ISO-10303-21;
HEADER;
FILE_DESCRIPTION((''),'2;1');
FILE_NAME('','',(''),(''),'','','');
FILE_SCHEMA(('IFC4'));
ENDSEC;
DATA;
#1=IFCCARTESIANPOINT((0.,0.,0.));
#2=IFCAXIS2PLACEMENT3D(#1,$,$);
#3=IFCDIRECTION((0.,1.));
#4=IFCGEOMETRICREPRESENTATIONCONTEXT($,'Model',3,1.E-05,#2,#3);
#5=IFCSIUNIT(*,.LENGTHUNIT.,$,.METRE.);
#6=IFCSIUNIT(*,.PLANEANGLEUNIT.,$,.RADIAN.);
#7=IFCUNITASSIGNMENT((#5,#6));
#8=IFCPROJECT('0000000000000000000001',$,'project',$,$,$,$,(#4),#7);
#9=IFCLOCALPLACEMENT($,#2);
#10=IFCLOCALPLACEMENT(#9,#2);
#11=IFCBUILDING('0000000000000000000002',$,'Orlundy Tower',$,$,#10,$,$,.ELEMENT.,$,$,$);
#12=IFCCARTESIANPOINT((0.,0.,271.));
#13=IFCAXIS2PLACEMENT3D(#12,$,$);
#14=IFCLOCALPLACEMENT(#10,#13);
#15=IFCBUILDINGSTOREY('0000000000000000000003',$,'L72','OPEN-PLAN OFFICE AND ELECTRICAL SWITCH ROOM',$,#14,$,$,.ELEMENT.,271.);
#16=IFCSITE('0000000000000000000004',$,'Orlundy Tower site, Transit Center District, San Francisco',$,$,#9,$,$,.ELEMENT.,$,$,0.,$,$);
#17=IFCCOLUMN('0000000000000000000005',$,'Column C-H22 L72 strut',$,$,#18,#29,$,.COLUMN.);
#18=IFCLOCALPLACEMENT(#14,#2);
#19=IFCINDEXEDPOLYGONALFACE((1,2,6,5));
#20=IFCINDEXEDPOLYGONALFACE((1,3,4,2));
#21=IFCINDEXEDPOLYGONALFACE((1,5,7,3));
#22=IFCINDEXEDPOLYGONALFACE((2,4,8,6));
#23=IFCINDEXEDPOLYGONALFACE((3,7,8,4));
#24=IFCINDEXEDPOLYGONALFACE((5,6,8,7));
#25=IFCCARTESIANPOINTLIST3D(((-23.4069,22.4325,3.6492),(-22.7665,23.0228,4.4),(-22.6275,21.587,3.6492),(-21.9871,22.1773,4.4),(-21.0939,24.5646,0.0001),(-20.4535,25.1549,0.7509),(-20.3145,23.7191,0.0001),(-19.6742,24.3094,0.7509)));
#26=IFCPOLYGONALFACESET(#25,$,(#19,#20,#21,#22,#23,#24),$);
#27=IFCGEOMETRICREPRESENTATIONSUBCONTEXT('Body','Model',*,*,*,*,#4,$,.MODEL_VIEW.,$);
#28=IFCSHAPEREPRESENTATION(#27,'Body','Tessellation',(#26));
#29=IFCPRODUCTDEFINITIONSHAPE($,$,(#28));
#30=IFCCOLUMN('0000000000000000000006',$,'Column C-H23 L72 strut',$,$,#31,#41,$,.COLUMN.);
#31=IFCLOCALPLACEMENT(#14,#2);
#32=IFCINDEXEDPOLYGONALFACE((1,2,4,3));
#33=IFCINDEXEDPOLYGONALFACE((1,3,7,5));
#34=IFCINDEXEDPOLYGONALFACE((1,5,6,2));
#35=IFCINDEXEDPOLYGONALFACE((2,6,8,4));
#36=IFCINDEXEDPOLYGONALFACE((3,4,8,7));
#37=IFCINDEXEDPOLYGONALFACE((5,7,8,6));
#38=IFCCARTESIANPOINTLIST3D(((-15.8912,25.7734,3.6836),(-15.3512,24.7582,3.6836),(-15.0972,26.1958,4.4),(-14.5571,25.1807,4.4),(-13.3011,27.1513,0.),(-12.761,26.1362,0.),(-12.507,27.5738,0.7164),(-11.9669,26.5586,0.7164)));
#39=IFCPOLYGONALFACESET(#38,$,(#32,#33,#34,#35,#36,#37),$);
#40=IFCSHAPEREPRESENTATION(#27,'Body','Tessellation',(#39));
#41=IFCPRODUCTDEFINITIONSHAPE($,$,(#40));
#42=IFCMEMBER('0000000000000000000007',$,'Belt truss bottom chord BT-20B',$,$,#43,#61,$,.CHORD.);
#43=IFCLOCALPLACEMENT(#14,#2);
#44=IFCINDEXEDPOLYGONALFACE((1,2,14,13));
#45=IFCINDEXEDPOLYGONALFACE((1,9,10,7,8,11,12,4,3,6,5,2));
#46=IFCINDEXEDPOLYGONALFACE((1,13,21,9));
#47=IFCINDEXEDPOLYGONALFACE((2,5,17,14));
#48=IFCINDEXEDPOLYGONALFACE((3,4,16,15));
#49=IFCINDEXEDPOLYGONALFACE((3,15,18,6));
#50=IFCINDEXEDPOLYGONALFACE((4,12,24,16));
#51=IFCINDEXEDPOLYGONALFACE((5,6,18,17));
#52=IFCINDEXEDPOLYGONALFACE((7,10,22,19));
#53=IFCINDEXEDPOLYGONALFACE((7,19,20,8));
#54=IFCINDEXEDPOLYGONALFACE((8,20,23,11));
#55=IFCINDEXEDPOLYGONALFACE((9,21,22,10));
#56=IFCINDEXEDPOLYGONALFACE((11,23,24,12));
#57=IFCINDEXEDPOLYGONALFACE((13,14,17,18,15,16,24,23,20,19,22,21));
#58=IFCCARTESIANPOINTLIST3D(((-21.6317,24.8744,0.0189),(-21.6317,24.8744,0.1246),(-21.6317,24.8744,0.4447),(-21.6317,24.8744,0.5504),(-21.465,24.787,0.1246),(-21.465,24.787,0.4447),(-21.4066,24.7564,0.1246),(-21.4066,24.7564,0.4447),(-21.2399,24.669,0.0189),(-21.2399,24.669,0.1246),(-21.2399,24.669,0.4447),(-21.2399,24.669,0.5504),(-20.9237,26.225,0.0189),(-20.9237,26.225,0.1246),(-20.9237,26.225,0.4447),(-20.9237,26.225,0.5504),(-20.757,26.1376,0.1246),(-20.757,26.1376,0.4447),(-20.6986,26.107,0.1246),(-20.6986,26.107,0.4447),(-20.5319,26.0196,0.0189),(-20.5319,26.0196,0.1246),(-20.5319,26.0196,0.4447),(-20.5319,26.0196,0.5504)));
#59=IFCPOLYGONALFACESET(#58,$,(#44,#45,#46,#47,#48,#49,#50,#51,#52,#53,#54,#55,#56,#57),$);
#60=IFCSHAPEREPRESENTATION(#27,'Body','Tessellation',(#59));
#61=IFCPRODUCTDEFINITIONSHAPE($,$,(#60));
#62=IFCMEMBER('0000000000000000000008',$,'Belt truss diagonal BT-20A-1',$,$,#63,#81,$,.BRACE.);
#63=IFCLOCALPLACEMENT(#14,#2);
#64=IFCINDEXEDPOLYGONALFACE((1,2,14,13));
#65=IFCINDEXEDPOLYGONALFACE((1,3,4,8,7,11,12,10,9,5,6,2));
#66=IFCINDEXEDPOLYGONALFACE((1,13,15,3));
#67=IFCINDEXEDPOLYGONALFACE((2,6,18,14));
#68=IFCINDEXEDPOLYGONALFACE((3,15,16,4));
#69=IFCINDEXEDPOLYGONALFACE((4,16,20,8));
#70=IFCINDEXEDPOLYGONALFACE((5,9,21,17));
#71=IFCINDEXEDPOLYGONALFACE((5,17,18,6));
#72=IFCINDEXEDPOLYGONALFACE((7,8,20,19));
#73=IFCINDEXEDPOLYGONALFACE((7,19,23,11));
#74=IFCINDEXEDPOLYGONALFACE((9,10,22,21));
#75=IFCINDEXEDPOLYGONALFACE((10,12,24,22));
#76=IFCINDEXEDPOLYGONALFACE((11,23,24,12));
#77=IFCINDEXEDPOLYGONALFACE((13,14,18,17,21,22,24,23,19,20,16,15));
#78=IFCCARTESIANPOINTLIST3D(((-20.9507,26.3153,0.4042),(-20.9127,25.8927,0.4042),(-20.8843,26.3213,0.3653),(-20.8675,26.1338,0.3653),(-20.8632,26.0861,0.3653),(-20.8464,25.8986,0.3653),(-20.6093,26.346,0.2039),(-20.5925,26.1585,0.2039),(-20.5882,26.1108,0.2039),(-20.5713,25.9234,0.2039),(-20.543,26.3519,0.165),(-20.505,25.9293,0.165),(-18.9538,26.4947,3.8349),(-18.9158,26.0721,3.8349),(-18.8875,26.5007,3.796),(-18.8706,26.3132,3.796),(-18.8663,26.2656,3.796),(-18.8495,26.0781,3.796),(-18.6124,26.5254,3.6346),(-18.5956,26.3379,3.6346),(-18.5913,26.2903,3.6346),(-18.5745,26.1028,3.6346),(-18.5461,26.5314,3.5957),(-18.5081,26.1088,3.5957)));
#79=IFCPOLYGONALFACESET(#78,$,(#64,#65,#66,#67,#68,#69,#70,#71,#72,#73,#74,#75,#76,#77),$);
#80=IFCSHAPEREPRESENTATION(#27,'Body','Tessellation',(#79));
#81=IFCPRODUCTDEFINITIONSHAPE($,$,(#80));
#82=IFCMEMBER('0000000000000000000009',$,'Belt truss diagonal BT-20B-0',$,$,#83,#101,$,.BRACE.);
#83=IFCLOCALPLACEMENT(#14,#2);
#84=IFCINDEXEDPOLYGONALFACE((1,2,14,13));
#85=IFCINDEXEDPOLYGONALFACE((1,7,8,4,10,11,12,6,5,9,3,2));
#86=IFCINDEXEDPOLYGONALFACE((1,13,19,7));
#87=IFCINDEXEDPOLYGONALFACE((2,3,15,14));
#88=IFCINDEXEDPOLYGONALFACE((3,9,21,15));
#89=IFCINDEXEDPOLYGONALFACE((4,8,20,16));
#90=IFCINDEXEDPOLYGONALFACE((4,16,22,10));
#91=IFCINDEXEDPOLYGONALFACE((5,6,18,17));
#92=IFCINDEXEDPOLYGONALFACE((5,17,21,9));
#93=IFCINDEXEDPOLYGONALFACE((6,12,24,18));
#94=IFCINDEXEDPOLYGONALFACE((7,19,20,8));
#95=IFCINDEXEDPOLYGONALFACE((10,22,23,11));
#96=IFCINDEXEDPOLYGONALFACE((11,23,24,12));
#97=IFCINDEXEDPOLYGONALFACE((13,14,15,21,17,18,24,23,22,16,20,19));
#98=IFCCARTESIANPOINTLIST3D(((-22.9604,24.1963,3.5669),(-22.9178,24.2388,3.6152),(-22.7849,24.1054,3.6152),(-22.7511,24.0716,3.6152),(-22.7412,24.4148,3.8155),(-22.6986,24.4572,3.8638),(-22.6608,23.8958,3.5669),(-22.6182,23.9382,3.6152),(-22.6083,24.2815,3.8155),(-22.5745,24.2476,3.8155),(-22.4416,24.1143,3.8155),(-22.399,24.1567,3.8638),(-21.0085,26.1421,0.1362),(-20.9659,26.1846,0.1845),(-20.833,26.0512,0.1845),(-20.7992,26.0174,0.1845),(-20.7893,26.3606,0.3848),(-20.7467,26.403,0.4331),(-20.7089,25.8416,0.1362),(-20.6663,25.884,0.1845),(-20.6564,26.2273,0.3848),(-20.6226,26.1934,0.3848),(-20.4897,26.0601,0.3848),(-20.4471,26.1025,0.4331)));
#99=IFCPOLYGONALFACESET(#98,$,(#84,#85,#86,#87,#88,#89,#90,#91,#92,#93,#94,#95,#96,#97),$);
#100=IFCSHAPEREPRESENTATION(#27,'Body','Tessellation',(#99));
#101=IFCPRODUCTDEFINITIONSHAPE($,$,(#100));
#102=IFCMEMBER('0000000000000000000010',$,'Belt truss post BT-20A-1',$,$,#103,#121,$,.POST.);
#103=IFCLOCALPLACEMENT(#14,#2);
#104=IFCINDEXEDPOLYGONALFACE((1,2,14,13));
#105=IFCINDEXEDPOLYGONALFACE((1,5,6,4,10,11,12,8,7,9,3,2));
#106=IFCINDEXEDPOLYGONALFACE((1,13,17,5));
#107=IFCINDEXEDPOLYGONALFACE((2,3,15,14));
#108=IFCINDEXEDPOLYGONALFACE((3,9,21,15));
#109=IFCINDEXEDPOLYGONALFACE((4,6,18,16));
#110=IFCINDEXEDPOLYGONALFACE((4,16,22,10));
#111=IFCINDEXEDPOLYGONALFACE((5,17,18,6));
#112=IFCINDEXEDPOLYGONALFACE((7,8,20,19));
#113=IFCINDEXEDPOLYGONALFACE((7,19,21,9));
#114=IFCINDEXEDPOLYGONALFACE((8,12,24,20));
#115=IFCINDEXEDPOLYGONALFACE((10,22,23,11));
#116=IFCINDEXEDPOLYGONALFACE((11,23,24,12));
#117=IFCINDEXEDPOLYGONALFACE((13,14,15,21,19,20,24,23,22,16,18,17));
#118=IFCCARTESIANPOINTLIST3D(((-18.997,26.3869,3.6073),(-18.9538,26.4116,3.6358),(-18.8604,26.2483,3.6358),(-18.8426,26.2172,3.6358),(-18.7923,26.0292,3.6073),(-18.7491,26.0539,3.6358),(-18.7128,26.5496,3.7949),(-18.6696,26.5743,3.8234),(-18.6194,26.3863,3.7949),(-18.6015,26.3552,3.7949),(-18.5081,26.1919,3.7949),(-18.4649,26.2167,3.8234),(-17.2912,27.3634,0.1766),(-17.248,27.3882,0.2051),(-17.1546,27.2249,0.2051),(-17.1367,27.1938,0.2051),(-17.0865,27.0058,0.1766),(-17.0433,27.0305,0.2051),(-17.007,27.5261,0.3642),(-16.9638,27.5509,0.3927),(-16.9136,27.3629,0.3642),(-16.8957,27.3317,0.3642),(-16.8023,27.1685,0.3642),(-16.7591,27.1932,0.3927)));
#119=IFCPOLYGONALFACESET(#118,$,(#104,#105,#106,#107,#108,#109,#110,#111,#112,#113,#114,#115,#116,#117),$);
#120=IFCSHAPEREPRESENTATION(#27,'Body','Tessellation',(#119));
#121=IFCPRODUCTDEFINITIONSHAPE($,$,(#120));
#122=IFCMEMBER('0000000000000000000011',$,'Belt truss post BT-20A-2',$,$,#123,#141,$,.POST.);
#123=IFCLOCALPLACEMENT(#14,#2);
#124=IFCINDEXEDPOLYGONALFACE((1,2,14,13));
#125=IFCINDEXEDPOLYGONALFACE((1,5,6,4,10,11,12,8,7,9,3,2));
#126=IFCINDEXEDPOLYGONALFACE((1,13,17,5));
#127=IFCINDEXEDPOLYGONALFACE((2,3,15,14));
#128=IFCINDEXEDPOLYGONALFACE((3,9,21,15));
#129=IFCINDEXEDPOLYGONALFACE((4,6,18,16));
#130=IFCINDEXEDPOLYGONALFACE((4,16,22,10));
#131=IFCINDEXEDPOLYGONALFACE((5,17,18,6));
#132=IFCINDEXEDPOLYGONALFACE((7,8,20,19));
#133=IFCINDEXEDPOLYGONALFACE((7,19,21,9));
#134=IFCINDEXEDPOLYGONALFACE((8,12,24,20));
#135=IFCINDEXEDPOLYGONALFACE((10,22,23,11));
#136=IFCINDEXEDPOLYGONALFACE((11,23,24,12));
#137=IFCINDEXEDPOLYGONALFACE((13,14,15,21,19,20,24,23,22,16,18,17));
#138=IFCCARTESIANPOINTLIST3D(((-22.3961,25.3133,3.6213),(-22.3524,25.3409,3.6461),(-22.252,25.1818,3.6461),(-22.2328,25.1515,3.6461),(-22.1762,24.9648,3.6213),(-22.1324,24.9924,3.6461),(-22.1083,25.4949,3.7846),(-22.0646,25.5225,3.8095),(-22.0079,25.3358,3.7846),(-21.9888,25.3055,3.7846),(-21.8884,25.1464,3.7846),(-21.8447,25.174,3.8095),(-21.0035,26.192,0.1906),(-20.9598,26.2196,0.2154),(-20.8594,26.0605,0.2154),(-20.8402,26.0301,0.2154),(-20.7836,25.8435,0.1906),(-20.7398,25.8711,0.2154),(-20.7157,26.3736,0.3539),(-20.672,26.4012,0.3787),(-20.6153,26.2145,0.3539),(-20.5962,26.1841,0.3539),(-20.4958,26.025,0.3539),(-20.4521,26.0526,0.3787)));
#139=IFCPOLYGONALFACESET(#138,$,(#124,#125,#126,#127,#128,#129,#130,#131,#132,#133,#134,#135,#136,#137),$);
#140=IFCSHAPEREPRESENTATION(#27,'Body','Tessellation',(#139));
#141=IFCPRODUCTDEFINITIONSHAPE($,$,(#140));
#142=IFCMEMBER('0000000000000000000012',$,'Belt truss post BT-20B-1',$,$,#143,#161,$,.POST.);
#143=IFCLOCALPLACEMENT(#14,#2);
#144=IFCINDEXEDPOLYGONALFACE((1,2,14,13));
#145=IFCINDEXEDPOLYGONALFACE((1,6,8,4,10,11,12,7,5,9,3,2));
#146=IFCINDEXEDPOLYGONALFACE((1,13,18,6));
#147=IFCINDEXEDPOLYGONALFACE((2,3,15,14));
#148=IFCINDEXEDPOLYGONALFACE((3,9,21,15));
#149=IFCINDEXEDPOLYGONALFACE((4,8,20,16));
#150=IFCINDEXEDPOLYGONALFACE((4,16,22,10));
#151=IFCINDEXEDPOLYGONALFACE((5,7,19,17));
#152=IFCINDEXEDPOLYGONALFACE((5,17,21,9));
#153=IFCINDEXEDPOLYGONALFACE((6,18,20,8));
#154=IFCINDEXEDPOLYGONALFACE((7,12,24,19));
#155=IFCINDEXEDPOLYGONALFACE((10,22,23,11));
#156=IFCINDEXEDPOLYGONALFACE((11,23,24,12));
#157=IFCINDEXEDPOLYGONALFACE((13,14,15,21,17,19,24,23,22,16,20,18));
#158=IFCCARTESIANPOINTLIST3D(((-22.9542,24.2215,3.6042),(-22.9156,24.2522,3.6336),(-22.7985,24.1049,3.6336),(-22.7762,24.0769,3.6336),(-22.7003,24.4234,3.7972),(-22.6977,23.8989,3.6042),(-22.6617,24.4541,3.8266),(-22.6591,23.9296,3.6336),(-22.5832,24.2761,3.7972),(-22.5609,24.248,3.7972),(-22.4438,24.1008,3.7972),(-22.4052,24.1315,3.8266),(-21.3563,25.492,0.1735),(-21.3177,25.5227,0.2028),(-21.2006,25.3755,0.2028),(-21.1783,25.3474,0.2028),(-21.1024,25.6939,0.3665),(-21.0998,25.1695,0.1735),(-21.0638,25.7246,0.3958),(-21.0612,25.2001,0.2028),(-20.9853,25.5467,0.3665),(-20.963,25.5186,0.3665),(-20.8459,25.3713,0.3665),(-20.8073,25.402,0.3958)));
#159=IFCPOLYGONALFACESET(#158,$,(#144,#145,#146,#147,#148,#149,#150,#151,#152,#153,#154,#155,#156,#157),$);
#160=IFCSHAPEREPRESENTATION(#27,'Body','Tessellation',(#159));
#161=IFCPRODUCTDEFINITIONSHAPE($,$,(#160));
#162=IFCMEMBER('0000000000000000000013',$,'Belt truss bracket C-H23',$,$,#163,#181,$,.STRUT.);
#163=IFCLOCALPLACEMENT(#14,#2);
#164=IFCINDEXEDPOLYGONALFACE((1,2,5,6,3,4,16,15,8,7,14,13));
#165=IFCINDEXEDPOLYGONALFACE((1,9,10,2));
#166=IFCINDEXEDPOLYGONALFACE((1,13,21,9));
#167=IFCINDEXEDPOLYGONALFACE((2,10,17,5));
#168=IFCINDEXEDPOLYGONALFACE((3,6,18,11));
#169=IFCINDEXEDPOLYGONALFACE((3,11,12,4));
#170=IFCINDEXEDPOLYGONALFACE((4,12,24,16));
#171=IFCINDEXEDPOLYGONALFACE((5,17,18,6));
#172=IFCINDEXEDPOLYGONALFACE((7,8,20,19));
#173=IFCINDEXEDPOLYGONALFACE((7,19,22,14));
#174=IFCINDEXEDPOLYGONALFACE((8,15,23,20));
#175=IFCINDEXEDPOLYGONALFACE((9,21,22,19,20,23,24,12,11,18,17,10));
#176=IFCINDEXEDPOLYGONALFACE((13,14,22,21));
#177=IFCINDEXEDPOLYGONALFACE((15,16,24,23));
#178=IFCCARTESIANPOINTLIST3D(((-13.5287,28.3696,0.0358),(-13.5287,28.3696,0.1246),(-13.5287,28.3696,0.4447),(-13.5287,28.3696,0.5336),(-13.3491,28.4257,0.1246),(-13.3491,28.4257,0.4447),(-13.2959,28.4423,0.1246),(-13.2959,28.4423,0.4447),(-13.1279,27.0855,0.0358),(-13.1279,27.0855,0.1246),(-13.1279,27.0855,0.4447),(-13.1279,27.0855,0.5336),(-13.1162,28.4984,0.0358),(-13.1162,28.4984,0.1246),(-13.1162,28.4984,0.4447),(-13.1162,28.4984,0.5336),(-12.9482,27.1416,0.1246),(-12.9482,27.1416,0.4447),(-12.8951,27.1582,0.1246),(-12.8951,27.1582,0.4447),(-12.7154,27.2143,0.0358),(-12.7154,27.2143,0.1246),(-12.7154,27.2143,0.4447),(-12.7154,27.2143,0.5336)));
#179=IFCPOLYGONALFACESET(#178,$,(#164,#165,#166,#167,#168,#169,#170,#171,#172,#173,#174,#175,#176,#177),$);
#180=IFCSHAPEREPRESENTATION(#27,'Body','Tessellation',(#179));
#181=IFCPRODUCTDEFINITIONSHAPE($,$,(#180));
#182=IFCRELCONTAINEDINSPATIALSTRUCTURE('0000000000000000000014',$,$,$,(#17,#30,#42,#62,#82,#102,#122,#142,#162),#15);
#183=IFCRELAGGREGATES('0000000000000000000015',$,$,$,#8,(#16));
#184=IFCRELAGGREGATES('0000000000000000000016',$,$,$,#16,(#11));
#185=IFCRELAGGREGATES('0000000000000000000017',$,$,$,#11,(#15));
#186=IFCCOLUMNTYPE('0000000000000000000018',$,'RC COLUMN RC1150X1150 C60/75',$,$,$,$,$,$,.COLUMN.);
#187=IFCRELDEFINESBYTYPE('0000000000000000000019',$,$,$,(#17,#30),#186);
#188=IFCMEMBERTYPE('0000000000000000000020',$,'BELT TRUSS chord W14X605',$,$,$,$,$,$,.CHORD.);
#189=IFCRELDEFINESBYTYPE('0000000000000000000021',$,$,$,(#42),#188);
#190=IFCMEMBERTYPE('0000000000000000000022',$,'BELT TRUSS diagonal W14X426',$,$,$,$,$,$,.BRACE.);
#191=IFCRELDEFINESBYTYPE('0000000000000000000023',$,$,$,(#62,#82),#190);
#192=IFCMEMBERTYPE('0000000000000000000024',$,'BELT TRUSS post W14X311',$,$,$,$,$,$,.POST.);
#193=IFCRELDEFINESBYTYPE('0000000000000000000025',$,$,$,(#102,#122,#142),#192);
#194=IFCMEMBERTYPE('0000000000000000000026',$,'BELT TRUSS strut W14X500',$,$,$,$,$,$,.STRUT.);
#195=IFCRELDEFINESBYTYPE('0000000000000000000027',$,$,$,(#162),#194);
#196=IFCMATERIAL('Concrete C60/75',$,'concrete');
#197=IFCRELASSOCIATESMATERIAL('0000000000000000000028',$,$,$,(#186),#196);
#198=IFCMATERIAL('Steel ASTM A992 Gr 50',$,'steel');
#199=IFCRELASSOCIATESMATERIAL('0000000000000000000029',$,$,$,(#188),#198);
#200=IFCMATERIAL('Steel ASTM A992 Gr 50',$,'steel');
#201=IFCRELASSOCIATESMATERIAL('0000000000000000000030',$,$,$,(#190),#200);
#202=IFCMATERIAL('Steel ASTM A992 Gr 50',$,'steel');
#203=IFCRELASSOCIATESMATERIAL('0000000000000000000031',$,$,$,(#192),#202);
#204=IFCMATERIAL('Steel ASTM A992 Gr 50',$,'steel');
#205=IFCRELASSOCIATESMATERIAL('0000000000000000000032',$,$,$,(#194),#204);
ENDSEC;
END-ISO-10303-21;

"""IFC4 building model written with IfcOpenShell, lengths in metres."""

from ifc_helpers import new_model, si_unit, direction, frame, origin, origin_2d, place, context, subcontext, project, spatial, rectangle, i_section, extrude, material, material_profile, profile_set, type_object, element, save


model = new_model("IFC4")

# Units and contexts
model_context = context("Model", 3, precision=1e-05, world=origin(), true_north=direction((0.0, 1.0)))
body_context = subcontext(model_context, "Body", "Model", "MODEL_VIEW")
ifc_project = project(units=[si_unit("LENGTHUNIT", "METRE"), si_unit("PLANEANGLEUNIT", "RADIAN")], contexts=[model_context])

# Site, building, storey
site_placement = place(None, origin())
site = spatial("IfcSite", under=ifc_project, at=site_placement, Name="Orlundy Tower site, Transit Center District, San Francisco", CompositionType="ELEMENT", RefElevation=0.0)
building_placement = place(site_placement, origin())
building = spatial("IfcBuilding", under=site, at=building_placement, Name="Orlundy Tower", CompositionType="ELEMENT")
storey_placement = place(building_placement, frame((0.0, 0.0, 271.0)))
storey = spatial("IfcBuildingStorey", under=building, at=storey_placement, Name="L72", Description="OPEN-PLAN OFFICE AND ELECTRICAL SWITCH ROOM", CompositionType="ELEMENT", Elevation=271.0)

# Columns
ifc_material_1 = material(Name="Concrete C60/75", Category="concrete")
ifc_material_profile_1 = material_profile(ifc_material_1, rectangle(XDim=1.1499, YDim=1.1499, at=origin_2d()), Name="RC1150X1150")
ifc_profile_set_1 = profile_set([ifc_material_profile_1], Name="Concrete C60/75")
column_type = type_object("IfcColumnType", Name="RC COLUMN RC1150X1150 C60/75", PredefinedType="COLUMN", material=ifc_profile_set_1)
column_1_placement = place(storey_placement, frame((-20.384, 24.437, 0.3755), z_axis=(-0.480083, -0.442533, 0.75742), x_axis=(0.677767, -0.735276, 0.0)))
element("IfcColumn", 1, at=column_1_placement, inside=storey, type_object=column_type, Name="Column C-H22 L72 strut", PredefinedType="COLUMN", context=body_context, shape_type="SweptSolid", body=[
    extrude(rectangle(XDim=1.1499, YDim=1.1499, at=origin_2d()), origin(), (0.0, 0.0, 1.0), 4.8179),
])
column_2_placement = place(storey_placement, frame((-12.634, 26.855, 0.3582), z_axis=(-0.550012, -0.292607, 0.78222), x_axis=(0.469672, -0.882841, 0.0)))
element("IfcColumn", 2, at=column_2_placement, inside=storey, type_object=column_type, Name="Column C-H23 L72 strut", PredefinedType="COLUMN", context=body_context, shape_type="SweptSolid", body=[
    extrude(rectangle(XDim=1.1499, YDim=1.1499, at=origin_2d()), origin(), (0.0, 0.0, 1.0), 4.7092),
])

# Members
ifc_material_2 = material(Name="Steel ASTM A992 Gr 50", Category="steel")
ifc_material_profile_2 = material_profile(ifc_material_2, i_section(OverallWidth=0.4424, OverallDepth=0.5315, WebThickness=0.0659, FlangeThickness=0.1057, at=origin_2d()), Name="W14X605")
ifc_profile_set_2 = profile_set([ifc_material_profile_2], Name="Steel ASTM A992 Gr 50")
member_type_1 = type_object("IfcMemberType", Name="BELT TRUSS chord W14X605", PredefinedType="CHORD", material=ifc_profile_set_2)
member_1_placement = place(storey_placement, frame((-20.7278, 26.1223, 0.2847), z_axis=(-0.464294, -0.885681, 0.0), x_axis=(0.885681, -0.464294, 0.0)))
element("IfcMember", 3, at=member_1_placement, inside=storey, type_object=member_type_1, Name="Belt truss bottom chord BT-20B", PredefinedType="CHORD", context=body_context, shape_type="SweptSolid", body=[
    extrude(i_section(OverallWidth=0.4424, OverallDepth=0.5315, WebThickness=0.0659, FlangeThickness=0.1057, at=origin_2d()), origin(), (0.0, 0.0, 1.0), 1.5249),
])
ifc_material_3 = material(Name="Steel ASTM A992 Gr 50", Category="steel")
ifc_material_profile_3 = material_profile(ifc_material_3, i_section(OverallWidth=0.4243, OverallDepth=0.4741, WebThickness=0.0479, FlangeThickness=0.0771, at=origin_2d()), Name="W14X426")
ifc_profile_set_3 = profile_set([ifc_material_profile_3], Name="Steel ASTM A992 Gr 50")
member_type_2 = type_object("IfcMemberType", Name="BELT TRUSS diagonal W14X426", PredefinedType="BRACE", material=ifc_profile_set_3)
member_2_placement = place(storey_placement, frame((-18.731, 26.3018, 3.7153), z_axis=(-0.502532, -0.04516, -0.863379), x_axis=(0.089504, -0.995986, 0.0)))
element("IfcMember", 4, at=member_2_placement, inside=storey, type_object=member_type_2, Name="Belt truss diagonal BT-20A-1", PredefinedType="BRACE", context=body_context, shape_type="SweptSolid", body=[
    extrude(i_section(OverallWidth=0.4243, OverallDepth=0.4741, WebThickness=0.0479, FlangeThickness=0.0771, at=origin_2d()), origin(), (0.0, 0.0, 1.0), 3.9736),
])
member_3_placement = place(storey_placement, frame((-20.7278, 26.1223, 0.2847), z_axis=(-0.443551, -0.442164, 0.779585), x_axis=(0.705999, -0.708213, 0.0)))
element("IfcMember", 5, at=member_3_placement, inside=storey, type_object=member_type_2, Name="Belt truss diagonal BT-20B-0", PredefinedType="BRACE", context=body_context, shape_type="SweptSolid", body=[
    extrude(i_section(OverallWidth=0.4243, OverallDepth=0.4741, WebThickness=0.0479, FlangeThickness=0.0771, at=origin_2d()), origin(), (0.0, 0.0, 1.0), 4.4006),
])
ifc_material_4 = material(Name="Steel ASTM A992 Gr 50", Category="steel")
ifc_material_profile_4 = material_profile(ifc_material_4, i_section(OverallWidth=0.4121, OverallDepth=0.4348, WebThickness=0.0359, FlangeThickness=0.0574, at=origin_2d()), Name="W14X311")
ifc_profile_set_4 = profile_set([ifc_material_profile_4], Name="Steel ASTM A992 Gr 50")
member_type_3 = type_object("IfcMemberType", Name="BELT TRUSS post W14X311", PredefinedType="POST", material=ifc_profile_set_4)
member_4_placement = place(storey_placement, frame((-17.0251, 27.2783, 0.2847), z_axis=(-0.43143, -0.24699, 0.867677), x_axis=(0.496834, -0.867845, 0.0)))
element("IfcMember", 6, at=member_4_placement, inside=storey, type_object=member_type_3, Name="Belt truss post BT-20A-1", PredefinedType="POST", context=body_context, shape_type="SweptSolid", body=[
    extrude(i_section(OverallWidth=0.4121, OverallDepth=0.4348, WebThickness=0.0359, FlangeThickness=0.0574, at=origin_2d()), origin(), (0.0, 0.0, 1.0), 3.9539),
])
member_5_placement = place(storey_placement, frame((-20.7278, 26.1223, 0.2847), z_axis=(-0.365952, -0.230901, 0.901534), x_axis=(0.533619, -0.845725, 0.0)))
element("IfcMember", 7, at=member_5_placement, inside=storey, type_object=member_type_3, Name="Belt truss post BT-20A-2", PredefinedType="POST", context=body_context, shape_type="SweptSolid", body=[
    extrude(i_section(OverallWidth=0.4121, OverallDepth=0.4348, WebThickness=0.0359, FlangeThickness=0.0574, at=origin_2d()), origin(), (0.0, 0.0, 1.0), 3.8054),
])
member_6_placement = place(storey_placement, frame((-21.0818, 25.447, 0.2847), z_axis=(-0.400265, -0.318255, 0.859361), x_axis=(0.622359, -0.782732, 0.0)))
element("IfcMember", 8, at=member_6_placement, inside=storey, type_object=member_type_3, Name="Belt truss post BT-20B-1", PredefinedType="POST", context=body_context, shape_type="SweptSolid", body=[
    extrude(i_section(OverallWidth=0.4121, OverallDepth=0.4348, WebThickness=0.0359, FlangeThickness=0.0574, at=origin_2d()), origin(), (0.0, 0.0, 1.0), 3.9922),
])
ifc_material_5 = material(Name="Steel ASTM A992 Gr 50", Category="steel")
ifc_material_profile_5 = material_profile(ifc_material_5, i_section(OverallWidth=0.4321, OverallDepth=0.4978, WebThickness=0.0557, FlangeThickness=0.0889, at=origin_2d()), Name="W14X500")
ifc_profile_set_5 = profile_set([ifc_material_profile_5], Name="Steel ASTM A992 Gr 50")
member_type_4 = type_object("IfcMemberType", Name="BELT TRUSS strut W14X500", PredefinedType="STRUT", material=ifc_profile_set_5)
member_7_placement = place(storey_placement, frame((-12.9216, 27.1499, 0.2847), z_axis=(-0.297986, 0.95457, 0.0), x_axis=(-0.95457, -0.297986, 0.0)))
element("IfcMember", 9, at=member_7_placement, inside=storey, type_object=member_type_4, Name="Belt truss bracket C-H23", PredefinedType="STRUT", context=body_context, shape_type="SweptSolid", body=[
    extrude(i_section(OverallWidth=0.4321, OverallDepth=0.4978, WebThickness=0.0557, FlangeThickness=0.0889, at=origin_2d()), origin(), (0.0, 0.0, 1.0), 1.3452),
])

save(model, "model.ifc")
